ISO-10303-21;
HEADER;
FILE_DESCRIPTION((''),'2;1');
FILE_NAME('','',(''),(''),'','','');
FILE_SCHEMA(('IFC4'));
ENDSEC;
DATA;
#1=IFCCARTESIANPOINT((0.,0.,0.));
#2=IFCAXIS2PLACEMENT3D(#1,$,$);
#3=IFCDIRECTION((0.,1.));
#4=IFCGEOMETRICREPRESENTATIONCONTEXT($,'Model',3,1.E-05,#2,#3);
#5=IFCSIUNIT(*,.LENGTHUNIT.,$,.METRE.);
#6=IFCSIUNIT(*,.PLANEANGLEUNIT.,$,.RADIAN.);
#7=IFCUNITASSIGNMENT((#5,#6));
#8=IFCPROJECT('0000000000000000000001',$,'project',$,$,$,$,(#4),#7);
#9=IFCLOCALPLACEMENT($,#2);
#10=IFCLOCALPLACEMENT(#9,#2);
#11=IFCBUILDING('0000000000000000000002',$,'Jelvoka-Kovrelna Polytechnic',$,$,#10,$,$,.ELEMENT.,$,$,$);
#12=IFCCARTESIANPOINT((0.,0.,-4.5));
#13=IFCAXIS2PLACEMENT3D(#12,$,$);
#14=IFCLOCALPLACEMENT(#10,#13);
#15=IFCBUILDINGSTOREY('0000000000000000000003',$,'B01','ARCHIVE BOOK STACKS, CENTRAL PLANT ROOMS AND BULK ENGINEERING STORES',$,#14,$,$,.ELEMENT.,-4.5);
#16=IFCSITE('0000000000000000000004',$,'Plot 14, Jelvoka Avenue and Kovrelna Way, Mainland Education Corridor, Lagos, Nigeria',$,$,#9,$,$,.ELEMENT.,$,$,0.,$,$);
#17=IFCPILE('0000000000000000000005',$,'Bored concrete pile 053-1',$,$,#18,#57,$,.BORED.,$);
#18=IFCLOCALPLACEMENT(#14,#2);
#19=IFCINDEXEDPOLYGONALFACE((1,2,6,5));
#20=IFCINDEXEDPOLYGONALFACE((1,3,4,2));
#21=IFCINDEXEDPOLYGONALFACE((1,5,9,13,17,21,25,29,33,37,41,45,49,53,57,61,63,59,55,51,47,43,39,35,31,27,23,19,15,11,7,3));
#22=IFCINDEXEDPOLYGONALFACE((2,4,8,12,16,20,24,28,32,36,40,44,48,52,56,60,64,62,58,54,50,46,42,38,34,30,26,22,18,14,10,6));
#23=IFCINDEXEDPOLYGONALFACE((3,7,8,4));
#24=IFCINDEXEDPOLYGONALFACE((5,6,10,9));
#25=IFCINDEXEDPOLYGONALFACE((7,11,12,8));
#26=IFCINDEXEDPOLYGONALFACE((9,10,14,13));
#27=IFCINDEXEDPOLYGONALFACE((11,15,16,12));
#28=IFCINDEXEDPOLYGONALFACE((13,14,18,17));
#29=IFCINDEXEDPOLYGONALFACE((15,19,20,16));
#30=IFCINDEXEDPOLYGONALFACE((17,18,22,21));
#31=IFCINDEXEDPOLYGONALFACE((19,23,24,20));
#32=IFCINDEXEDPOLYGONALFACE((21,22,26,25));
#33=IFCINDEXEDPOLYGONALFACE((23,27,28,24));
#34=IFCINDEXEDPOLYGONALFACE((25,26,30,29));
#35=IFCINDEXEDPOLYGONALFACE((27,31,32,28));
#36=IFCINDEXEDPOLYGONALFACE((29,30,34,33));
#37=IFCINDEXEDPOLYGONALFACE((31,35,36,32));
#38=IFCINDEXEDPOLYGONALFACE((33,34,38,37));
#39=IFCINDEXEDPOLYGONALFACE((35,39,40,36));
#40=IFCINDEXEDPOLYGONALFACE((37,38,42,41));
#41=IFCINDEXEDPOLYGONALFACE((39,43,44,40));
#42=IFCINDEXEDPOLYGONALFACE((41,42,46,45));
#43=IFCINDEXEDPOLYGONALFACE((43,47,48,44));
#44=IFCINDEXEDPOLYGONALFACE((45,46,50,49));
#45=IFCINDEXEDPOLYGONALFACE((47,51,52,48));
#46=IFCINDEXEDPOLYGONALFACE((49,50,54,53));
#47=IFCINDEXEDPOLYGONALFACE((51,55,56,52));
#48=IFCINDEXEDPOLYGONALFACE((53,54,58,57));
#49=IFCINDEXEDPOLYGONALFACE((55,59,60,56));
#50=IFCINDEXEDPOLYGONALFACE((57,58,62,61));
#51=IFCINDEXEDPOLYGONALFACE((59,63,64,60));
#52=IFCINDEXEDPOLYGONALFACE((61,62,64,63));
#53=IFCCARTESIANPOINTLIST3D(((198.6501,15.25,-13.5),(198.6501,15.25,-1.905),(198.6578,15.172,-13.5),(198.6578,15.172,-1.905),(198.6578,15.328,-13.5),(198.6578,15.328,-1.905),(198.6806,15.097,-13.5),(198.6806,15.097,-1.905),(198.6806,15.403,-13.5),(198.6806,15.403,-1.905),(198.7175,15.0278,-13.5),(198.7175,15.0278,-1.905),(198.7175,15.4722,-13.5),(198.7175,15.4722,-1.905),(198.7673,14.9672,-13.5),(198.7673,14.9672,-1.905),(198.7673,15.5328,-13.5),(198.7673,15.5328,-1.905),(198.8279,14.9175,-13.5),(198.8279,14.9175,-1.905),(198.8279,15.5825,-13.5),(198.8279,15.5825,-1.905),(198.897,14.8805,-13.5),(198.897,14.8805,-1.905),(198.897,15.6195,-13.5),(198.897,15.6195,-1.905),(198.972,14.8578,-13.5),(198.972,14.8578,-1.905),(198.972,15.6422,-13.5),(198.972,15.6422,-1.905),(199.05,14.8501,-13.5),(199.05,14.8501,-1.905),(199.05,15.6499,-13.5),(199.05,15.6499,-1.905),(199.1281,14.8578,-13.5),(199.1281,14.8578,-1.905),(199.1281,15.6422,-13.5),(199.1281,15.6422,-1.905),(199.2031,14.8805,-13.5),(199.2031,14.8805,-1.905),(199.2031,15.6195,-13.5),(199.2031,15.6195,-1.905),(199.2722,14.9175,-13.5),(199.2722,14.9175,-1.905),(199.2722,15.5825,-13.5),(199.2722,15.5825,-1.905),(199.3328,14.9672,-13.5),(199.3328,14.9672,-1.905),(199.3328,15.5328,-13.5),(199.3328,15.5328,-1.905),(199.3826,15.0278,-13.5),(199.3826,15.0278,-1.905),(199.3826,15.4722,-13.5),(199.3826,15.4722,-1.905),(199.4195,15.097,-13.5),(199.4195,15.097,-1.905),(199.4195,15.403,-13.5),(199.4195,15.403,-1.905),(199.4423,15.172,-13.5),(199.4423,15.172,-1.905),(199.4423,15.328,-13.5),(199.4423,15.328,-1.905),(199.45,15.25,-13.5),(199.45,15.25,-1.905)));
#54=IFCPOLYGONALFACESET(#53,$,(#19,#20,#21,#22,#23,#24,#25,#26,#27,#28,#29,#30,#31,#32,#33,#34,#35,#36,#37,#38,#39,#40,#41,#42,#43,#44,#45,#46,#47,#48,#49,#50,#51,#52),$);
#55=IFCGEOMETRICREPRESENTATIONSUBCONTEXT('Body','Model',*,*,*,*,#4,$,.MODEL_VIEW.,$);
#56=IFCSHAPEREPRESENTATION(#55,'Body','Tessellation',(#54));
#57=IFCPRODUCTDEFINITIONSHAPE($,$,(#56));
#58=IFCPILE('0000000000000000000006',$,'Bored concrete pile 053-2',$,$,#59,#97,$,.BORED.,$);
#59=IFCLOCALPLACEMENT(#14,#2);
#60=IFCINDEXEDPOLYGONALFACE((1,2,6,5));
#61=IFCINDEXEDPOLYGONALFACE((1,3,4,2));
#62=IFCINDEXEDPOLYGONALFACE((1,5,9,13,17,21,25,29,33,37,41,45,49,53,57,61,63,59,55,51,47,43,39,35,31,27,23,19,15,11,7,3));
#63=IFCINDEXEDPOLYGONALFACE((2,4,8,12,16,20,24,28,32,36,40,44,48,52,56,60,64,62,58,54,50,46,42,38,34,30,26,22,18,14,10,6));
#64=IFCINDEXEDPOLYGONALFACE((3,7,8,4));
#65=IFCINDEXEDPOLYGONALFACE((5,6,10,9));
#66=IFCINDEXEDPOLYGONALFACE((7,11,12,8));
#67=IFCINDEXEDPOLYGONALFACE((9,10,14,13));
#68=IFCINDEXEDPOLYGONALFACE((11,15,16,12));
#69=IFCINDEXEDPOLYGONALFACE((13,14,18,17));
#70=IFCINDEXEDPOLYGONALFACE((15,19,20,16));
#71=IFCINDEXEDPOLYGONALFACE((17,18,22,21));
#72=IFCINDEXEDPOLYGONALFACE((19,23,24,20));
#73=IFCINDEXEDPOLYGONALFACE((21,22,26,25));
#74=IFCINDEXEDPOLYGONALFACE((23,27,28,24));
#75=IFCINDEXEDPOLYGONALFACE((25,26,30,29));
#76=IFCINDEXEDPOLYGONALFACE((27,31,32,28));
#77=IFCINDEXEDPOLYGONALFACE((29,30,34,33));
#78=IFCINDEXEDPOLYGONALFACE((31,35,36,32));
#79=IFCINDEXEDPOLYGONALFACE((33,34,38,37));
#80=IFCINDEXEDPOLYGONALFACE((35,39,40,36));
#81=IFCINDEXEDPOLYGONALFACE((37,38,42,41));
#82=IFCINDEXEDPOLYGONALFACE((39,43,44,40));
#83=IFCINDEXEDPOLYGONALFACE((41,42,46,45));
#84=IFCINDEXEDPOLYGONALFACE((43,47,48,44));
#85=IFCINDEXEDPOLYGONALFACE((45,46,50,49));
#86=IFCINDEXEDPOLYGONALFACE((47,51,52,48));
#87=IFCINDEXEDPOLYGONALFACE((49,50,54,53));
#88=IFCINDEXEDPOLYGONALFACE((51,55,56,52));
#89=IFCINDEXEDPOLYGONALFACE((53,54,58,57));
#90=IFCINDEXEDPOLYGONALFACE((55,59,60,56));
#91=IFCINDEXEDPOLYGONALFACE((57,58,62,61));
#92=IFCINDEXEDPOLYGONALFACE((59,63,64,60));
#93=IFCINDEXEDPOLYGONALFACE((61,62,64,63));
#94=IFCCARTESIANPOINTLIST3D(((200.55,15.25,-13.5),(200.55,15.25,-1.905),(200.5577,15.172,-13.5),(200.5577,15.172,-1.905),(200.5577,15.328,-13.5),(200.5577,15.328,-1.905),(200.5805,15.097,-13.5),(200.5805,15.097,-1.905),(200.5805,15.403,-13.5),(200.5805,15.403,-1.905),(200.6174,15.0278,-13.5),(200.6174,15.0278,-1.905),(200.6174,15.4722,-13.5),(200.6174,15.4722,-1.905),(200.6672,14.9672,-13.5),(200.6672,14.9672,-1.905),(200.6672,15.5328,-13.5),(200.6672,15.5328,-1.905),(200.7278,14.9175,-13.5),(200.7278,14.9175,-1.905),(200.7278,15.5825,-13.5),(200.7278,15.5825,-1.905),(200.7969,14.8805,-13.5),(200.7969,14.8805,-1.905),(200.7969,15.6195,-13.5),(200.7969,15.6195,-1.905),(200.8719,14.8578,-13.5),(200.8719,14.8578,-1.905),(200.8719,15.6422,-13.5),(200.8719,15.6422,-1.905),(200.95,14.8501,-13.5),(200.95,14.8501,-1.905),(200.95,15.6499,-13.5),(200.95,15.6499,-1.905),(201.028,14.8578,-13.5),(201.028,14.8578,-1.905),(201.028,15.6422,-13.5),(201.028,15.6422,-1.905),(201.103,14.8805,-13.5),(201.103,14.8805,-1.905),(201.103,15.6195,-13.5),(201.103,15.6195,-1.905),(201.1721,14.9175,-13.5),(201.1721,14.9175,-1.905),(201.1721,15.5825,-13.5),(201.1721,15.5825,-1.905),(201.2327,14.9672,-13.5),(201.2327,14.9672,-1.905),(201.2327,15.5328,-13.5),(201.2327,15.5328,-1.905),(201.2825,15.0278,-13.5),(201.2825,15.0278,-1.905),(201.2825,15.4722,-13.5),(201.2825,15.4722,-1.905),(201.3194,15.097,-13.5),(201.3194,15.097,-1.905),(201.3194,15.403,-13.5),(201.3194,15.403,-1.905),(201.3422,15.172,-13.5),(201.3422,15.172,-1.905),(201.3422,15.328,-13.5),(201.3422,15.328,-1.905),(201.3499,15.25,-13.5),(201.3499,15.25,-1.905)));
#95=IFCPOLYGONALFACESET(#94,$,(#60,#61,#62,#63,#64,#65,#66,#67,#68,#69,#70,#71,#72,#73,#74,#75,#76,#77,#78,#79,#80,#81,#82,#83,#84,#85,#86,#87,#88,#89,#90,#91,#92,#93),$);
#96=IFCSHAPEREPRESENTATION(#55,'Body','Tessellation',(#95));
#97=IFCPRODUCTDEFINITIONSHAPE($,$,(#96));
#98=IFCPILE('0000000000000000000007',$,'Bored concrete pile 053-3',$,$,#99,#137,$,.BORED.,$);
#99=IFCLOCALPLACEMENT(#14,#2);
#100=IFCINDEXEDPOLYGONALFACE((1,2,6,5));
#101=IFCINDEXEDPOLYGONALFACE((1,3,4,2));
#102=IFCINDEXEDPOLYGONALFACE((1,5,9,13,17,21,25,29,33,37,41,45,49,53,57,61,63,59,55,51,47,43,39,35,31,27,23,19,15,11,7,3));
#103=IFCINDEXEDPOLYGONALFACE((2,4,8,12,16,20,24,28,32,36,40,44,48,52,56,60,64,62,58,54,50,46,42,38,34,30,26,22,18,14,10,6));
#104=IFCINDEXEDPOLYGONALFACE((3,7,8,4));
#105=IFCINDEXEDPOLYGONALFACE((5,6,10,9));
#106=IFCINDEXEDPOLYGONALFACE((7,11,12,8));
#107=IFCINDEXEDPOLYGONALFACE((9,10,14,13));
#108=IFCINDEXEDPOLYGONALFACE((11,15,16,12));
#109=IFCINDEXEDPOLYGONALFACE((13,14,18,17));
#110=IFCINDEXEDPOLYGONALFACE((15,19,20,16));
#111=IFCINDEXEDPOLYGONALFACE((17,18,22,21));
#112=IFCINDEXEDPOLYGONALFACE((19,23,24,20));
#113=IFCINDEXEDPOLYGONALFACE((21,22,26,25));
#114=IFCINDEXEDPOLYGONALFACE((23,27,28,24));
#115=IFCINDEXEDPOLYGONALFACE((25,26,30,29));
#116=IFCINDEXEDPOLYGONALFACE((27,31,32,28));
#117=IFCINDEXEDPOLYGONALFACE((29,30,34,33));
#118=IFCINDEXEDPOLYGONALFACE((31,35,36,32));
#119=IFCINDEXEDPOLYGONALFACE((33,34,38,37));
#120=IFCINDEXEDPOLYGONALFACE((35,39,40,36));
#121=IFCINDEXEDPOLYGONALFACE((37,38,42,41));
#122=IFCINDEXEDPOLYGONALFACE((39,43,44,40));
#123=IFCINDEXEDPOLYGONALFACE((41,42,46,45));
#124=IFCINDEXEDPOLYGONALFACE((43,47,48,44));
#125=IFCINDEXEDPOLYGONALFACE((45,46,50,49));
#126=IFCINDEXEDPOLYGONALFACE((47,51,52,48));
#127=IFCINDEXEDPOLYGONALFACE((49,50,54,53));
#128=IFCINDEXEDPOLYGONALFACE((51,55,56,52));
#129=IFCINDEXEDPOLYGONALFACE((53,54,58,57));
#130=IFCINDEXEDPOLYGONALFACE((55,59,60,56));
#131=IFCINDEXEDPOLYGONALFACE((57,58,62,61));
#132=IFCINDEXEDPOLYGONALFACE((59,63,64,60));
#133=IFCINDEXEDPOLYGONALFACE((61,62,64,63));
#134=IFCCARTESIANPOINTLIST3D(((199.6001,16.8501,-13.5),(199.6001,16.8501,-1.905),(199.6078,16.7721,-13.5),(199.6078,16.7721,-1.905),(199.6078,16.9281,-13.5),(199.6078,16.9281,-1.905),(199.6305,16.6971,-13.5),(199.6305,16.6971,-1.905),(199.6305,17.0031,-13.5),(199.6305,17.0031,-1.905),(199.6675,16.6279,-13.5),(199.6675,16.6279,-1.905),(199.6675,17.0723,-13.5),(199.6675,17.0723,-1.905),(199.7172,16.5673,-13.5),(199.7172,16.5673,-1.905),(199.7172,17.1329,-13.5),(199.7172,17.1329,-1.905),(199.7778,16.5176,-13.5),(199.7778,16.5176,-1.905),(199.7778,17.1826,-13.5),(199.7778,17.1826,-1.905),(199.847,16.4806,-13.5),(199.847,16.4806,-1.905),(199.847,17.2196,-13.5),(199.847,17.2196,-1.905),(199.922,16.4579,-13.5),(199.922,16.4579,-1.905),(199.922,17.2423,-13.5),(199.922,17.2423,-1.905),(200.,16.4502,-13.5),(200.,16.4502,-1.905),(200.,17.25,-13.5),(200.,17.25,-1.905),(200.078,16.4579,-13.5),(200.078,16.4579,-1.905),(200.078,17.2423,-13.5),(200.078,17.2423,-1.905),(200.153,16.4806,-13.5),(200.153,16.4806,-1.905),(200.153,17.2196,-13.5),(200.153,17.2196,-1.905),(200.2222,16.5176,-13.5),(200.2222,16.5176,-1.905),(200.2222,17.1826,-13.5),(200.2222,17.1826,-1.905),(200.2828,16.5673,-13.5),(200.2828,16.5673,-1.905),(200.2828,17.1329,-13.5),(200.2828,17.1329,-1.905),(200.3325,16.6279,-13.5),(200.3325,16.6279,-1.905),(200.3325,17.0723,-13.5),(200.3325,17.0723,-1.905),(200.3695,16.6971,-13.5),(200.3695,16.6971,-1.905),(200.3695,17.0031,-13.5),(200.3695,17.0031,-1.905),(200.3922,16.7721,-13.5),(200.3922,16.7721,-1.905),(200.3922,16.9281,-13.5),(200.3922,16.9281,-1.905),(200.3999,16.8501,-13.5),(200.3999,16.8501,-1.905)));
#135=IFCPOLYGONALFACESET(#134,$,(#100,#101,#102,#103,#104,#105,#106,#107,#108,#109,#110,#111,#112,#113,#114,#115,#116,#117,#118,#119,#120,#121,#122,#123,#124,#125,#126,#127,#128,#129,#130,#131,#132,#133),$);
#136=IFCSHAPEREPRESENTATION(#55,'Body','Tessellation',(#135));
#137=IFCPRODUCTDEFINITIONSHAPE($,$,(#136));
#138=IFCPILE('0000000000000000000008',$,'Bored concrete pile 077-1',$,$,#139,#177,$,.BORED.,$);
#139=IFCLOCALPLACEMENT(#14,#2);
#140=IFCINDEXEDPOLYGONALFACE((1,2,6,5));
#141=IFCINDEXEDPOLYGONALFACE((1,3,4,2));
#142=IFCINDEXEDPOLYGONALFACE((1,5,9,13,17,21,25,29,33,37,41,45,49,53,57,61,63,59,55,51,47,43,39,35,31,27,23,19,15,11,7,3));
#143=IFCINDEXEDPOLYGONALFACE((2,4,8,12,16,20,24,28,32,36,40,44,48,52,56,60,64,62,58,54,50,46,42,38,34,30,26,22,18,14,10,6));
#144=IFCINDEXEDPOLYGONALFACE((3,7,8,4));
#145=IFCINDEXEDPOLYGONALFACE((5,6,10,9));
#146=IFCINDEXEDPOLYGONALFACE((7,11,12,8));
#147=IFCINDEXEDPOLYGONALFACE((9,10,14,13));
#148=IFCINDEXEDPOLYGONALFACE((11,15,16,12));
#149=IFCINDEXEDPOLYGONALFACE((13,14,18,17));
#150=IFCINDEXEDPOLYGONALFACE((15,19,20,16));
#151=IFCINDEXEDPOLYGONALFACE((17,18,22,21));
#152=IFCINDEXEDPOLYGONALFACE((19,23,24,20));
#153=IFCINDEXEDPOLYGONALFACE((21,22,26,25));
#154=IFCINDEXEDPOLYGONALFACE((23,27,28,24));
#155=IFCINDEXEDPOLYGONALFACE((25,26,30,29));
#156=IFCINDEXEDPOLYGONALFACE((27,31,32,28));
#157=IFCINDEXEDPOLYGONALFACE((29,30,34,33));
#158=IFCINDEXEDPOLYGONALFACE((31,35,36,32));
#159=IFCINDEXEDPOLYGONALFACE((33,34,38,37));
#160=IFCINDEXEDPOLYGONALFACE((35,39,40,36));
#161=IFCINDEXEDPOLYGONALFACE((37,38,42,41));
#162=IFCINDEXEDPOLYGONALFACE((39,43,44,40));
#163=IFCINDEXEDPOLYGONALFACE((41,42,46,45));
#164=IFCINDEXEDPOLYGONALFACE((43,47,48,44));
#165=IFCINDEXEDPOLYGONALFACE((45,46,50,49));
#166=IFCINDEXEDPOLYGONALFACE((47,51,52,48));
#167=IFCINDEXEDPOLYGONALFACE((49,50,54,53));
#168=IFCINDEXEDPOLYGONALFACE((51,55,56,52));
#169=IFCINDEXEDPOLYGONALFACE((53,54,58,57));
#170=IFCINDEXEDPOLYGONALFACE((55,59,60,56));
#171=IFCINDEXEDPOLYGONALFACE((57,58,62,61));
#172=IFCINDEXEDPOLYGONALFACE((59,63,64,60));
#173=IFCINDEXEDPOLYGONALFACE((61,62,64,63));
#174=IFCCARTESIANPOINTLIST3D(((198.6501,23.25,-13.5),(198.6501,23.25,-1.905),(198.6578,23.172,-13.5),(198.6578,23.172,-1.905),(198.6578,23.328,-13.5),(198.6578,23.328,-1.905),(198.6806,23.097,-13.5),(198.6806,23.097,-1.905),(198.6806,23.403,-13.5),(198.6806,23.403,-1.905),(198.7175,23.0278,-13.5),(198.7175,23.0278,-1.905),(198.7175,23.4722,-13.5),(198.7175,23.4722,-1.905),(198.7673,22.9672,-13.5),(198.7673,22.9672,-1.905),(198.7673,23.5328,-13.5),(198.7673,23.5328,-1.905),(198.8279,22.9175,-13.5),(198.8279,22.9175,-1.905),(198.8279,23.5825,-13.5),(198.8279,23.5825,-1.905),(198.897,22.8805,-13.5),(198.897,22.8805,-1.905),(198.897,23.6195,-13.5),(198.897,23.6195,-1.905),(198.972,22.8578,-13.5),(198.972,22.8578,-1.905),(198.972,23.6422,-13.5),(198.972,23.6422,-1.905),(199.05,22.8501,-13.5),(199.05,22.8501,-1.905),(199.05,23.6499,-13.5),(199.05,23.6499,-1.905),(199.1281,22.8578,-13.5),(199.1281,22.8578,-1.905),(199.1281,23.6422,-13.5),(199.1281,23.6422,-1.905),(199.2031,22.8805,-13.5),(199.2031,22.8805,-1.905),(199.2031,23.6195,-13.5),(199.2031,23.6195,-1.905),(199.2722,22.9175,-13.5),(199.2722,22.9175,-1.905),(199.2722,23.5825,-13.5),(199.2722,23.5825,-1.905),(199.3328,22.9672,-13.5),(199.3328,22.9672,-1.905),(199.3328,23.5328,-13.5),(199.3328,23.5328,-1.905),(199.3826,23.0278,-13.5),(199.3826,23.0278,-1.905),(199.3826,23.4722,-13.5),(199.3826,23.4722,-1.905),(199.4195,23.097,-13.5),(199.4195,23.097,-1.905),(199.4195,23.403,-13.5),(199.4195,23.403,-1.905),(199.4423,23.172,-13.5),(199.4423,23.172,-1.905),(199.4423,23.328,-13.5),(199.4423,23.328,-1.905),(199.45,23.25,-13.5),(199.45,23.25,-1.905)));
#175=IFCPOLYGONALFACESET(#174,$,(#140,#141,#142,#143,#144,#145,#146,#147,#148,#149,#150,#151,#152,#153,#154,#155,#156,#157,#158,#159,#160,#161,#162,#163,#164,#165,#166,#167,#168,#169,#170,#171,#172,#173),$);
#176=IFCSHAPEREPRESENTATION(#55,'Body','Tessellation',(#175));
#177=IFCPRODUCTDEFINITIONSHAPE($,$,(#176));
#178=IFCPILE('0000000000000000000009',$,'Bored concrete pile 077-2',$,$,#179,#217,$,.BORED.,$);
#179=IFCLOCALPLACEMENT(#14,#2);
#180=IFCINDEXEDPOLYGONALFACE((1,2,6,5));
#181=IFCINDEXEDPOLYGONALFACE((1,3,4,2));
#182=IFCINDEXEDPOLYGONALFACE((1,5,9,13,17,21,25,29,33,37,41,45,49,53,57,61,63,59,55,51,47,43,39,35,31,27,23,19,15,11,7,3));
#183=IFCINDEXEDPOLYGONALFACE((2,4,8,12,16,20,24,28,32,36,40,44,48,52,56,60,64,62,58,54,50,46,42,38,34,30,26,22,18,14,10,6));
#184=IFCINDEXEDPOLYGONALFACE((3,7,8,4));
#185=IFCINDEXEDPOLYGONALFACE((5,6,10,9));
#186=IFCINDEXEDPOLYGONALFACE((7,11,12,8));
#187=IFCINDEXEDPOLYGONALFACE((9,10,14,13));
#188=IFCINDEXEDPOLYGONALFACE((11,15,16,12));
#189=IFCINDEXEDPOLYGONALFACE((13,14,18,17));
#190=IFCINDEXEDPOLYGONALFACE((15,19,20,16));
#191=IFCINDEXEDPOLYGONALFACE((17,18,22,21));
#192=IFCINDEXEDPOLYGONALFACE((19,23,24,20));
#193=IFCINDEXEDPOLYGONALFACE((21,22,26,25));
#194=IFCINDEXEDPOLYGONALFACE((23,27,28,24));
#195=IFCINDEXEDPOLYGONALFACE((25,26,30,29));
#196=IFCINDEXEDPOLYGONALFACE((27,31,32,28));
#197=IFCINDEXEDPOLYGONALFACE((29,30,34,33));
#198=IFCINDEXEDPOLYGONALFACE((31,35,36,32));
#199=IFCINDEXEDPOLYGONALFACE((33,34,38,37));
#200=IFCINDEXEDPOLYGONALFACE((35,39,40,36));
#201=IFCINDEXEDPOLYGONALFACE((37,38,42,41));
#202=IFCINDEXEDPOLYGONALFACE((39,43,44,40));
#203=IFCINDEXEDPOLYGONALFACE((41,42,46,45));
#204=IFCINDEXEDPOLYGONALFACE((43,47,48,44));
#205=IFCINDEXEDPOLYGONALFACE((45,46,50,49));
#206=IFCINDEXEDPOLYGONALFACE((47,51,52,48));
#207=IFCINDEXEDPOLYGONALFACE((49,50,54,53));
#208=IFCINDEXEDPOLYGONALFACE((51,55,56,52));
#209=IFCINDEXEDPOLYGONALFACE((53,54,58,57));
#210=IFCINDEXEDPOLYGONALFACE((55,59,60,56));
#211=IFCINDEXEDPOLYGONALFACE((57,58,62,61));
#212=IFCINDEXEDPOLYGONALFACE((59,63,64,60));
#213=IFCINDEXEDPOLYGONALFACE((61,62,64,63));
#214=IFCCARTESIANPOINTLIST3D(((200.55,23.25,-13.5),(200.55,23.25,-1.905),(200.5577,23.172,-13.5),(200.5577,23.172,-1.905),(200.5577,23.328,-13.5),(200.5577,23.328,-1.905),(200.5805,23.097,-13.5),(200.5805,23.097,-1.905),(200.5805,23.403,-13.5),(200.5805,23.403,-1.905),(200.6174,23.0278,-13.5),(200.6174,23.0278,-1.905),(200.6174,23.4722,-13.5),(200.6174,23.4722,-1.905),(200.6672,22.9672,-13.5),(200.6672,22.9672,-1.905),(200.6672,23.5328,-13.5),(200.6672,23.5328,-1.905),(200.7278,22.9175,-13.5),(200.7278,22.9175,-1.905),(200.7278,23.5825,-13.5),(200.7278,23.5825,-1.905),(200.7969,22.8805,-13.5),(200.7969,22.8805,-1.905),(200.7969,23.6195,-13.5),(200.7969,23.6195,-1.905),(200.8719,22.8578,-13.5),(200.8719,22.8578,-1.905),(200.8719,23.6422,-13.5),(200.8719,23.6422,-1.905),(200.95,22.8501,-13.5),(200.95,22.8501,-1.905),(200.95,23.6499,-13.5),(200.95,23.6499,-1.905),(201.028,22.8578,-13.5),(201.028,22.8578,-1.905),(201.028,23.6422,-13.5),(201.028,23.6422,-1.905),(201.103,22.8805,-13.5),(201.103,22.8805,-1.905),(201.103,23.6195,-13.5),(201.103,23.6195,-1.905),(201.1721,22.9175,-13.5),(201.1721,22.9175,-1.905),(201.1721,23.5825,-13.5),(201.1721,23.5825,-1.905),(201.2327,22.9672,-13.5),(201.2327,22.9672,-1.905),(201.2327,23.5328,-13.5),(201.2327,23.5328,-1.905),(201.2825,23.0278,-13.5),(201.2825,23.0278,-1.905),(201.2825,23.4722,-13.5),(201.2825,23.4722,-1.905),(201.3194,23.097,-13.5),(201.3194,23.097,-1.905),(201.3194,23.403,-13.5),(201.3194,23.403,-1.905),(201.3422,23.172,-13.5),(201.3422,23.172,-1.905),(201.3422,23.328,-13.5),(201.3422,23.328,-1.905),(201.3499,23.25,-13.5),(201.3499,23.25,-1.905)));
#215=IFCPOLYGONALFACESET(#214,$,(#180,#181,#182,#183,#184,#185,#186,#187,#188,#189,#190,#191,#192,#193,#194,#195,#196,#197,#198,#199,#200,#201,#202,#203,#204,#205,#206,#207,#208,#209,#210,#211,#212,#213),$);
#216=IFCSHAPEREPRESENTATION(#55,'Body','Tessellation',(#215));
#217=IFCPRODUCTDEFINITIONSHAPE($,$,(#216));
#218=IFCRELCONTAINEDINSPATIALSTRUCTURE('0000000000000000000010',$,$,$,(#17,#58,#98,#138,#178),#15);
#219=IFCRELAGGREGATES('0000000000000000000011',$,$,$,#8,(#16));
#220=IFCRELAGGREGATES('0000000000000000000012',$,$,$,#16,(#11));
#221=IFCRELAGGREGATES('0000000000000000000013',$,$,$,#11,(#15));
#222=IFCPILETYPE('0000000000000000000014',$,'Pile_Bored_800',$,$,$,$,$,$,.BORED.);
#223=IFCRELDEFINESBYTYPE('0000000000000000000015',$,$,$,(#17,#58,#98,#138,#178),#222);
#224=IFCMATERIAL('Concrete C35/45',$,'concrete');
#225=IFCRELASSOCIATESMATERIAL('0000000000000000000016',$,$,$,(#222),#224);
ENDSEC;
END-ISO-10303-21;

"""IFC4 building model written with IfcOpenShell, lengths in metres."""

from ifc_helpers import new_model, si_unit, direction, frame, origin, origin_2d, place, context, subcontext, project, spatial, circle, extrude, material, material_profile, profile_set, type_object, element, save


model = new_model("IFC4")

# Units and contexts
model_context = context("Model", 3, precision=1e-05, world=origin(), true_north=direction((0.0, 1.0)))
body_context = subcontext(model_context, "Body", "Model", "MODEL_VIEW")
ifc_project = project(units=[si_unit("LENGTHUNIT", "METRE"), si_unit("PLANEANGLEUNIT", "RADIAN")], contexts=[model_context])

# Site, building, storey
site_placement = place(None, origin())
site = spatial("IfcSite", under=ifc_project, at=site_placement, Name="Plot 14, Jelvoka Avenue and Kovrelna Way, Mainland Education Corridor, Lagos, Nigeria", CompositionType="ELEMENT", RefElevation=0.0)
building_placement = place(site_placement, origin())
building = spatial("IfcBuilding", under=site, at=building_placement, Name="Jelvoka-Kovrelna Polytechnic", CompositionType="ELEMENT")
storey_placement = place(building_placement, frame((0.0, 0.0, -4.5)))
storey = spatial("IfcBuildingStorey", under=building, at=storey_placement, Name="B01", Description="ARCHIVE BOOK STACKS, CENTRAL PLANT ROOMS AND BULK ENGINEERING STORES", CompositionType="ELEMENT", Elevation=-4.5)

# Piles
ifc_material_1 = material(Name="Concrete C35/45", Category="concrete")
ifc_material_profile_1 = material_profile(ifc_material_1, circle(Radius=0.3999, at=origin_2d()), Name="PILE D800")
ifc_profile_set_1 = profile_set([ifc_material_profile_1], Name="Concrete C35/45")
pile_type_1 = type_object("IfcPileType", Name="Pile_Bored_800", PredefinedType="BORED", material=ifc_profile_set_1)
for number, where, z_axis, x_axis, name in (
    (1, (199.05, 15.25, -1.905), (0.0, 0.0, -1.0), (1.0, 0.0, 0.0), "Bored concrete pile 053-1"),
    (2, (200.95, 15.25, -1.905), (0.0, 0.0, -1.0), (1.0, 0.0, 0.0), "Bored concrete pile 053-2"),
    (3, (200.0, 16.8501, -1.905), (0.0, 0.0, -1.0), (1.0, 0.0, 0.0), "Bored concrete pile 053-3"),
    (4, (199.05, 23.25, -1.905), (0.0, 0.0, -1.0), (1.0, 0.0, 0.0), "Bored concrete pile 077-1"),
    (5, (200.95, 23.25, -1.905), (0.0, 0.0, -1.0), (1.0, 0.0, 0.0), "Bored concrete pile 077-2"),
):
    element("IfcPile", number, at=place(storey_placement, frame(where, z_axis=z_axis, x_axis=x_axis)), inside=storey, type_object=pile_type_1, Name=name, PredefinedType="BORED", context=body_context, shape_type="SweptSolid", body=[
        extrude(circle(Radius=0.3999, at=origin_2d()), origin(), (0.0, 0.0, 1.0), 11.595),
    ])

save(model, "model.ifc")
